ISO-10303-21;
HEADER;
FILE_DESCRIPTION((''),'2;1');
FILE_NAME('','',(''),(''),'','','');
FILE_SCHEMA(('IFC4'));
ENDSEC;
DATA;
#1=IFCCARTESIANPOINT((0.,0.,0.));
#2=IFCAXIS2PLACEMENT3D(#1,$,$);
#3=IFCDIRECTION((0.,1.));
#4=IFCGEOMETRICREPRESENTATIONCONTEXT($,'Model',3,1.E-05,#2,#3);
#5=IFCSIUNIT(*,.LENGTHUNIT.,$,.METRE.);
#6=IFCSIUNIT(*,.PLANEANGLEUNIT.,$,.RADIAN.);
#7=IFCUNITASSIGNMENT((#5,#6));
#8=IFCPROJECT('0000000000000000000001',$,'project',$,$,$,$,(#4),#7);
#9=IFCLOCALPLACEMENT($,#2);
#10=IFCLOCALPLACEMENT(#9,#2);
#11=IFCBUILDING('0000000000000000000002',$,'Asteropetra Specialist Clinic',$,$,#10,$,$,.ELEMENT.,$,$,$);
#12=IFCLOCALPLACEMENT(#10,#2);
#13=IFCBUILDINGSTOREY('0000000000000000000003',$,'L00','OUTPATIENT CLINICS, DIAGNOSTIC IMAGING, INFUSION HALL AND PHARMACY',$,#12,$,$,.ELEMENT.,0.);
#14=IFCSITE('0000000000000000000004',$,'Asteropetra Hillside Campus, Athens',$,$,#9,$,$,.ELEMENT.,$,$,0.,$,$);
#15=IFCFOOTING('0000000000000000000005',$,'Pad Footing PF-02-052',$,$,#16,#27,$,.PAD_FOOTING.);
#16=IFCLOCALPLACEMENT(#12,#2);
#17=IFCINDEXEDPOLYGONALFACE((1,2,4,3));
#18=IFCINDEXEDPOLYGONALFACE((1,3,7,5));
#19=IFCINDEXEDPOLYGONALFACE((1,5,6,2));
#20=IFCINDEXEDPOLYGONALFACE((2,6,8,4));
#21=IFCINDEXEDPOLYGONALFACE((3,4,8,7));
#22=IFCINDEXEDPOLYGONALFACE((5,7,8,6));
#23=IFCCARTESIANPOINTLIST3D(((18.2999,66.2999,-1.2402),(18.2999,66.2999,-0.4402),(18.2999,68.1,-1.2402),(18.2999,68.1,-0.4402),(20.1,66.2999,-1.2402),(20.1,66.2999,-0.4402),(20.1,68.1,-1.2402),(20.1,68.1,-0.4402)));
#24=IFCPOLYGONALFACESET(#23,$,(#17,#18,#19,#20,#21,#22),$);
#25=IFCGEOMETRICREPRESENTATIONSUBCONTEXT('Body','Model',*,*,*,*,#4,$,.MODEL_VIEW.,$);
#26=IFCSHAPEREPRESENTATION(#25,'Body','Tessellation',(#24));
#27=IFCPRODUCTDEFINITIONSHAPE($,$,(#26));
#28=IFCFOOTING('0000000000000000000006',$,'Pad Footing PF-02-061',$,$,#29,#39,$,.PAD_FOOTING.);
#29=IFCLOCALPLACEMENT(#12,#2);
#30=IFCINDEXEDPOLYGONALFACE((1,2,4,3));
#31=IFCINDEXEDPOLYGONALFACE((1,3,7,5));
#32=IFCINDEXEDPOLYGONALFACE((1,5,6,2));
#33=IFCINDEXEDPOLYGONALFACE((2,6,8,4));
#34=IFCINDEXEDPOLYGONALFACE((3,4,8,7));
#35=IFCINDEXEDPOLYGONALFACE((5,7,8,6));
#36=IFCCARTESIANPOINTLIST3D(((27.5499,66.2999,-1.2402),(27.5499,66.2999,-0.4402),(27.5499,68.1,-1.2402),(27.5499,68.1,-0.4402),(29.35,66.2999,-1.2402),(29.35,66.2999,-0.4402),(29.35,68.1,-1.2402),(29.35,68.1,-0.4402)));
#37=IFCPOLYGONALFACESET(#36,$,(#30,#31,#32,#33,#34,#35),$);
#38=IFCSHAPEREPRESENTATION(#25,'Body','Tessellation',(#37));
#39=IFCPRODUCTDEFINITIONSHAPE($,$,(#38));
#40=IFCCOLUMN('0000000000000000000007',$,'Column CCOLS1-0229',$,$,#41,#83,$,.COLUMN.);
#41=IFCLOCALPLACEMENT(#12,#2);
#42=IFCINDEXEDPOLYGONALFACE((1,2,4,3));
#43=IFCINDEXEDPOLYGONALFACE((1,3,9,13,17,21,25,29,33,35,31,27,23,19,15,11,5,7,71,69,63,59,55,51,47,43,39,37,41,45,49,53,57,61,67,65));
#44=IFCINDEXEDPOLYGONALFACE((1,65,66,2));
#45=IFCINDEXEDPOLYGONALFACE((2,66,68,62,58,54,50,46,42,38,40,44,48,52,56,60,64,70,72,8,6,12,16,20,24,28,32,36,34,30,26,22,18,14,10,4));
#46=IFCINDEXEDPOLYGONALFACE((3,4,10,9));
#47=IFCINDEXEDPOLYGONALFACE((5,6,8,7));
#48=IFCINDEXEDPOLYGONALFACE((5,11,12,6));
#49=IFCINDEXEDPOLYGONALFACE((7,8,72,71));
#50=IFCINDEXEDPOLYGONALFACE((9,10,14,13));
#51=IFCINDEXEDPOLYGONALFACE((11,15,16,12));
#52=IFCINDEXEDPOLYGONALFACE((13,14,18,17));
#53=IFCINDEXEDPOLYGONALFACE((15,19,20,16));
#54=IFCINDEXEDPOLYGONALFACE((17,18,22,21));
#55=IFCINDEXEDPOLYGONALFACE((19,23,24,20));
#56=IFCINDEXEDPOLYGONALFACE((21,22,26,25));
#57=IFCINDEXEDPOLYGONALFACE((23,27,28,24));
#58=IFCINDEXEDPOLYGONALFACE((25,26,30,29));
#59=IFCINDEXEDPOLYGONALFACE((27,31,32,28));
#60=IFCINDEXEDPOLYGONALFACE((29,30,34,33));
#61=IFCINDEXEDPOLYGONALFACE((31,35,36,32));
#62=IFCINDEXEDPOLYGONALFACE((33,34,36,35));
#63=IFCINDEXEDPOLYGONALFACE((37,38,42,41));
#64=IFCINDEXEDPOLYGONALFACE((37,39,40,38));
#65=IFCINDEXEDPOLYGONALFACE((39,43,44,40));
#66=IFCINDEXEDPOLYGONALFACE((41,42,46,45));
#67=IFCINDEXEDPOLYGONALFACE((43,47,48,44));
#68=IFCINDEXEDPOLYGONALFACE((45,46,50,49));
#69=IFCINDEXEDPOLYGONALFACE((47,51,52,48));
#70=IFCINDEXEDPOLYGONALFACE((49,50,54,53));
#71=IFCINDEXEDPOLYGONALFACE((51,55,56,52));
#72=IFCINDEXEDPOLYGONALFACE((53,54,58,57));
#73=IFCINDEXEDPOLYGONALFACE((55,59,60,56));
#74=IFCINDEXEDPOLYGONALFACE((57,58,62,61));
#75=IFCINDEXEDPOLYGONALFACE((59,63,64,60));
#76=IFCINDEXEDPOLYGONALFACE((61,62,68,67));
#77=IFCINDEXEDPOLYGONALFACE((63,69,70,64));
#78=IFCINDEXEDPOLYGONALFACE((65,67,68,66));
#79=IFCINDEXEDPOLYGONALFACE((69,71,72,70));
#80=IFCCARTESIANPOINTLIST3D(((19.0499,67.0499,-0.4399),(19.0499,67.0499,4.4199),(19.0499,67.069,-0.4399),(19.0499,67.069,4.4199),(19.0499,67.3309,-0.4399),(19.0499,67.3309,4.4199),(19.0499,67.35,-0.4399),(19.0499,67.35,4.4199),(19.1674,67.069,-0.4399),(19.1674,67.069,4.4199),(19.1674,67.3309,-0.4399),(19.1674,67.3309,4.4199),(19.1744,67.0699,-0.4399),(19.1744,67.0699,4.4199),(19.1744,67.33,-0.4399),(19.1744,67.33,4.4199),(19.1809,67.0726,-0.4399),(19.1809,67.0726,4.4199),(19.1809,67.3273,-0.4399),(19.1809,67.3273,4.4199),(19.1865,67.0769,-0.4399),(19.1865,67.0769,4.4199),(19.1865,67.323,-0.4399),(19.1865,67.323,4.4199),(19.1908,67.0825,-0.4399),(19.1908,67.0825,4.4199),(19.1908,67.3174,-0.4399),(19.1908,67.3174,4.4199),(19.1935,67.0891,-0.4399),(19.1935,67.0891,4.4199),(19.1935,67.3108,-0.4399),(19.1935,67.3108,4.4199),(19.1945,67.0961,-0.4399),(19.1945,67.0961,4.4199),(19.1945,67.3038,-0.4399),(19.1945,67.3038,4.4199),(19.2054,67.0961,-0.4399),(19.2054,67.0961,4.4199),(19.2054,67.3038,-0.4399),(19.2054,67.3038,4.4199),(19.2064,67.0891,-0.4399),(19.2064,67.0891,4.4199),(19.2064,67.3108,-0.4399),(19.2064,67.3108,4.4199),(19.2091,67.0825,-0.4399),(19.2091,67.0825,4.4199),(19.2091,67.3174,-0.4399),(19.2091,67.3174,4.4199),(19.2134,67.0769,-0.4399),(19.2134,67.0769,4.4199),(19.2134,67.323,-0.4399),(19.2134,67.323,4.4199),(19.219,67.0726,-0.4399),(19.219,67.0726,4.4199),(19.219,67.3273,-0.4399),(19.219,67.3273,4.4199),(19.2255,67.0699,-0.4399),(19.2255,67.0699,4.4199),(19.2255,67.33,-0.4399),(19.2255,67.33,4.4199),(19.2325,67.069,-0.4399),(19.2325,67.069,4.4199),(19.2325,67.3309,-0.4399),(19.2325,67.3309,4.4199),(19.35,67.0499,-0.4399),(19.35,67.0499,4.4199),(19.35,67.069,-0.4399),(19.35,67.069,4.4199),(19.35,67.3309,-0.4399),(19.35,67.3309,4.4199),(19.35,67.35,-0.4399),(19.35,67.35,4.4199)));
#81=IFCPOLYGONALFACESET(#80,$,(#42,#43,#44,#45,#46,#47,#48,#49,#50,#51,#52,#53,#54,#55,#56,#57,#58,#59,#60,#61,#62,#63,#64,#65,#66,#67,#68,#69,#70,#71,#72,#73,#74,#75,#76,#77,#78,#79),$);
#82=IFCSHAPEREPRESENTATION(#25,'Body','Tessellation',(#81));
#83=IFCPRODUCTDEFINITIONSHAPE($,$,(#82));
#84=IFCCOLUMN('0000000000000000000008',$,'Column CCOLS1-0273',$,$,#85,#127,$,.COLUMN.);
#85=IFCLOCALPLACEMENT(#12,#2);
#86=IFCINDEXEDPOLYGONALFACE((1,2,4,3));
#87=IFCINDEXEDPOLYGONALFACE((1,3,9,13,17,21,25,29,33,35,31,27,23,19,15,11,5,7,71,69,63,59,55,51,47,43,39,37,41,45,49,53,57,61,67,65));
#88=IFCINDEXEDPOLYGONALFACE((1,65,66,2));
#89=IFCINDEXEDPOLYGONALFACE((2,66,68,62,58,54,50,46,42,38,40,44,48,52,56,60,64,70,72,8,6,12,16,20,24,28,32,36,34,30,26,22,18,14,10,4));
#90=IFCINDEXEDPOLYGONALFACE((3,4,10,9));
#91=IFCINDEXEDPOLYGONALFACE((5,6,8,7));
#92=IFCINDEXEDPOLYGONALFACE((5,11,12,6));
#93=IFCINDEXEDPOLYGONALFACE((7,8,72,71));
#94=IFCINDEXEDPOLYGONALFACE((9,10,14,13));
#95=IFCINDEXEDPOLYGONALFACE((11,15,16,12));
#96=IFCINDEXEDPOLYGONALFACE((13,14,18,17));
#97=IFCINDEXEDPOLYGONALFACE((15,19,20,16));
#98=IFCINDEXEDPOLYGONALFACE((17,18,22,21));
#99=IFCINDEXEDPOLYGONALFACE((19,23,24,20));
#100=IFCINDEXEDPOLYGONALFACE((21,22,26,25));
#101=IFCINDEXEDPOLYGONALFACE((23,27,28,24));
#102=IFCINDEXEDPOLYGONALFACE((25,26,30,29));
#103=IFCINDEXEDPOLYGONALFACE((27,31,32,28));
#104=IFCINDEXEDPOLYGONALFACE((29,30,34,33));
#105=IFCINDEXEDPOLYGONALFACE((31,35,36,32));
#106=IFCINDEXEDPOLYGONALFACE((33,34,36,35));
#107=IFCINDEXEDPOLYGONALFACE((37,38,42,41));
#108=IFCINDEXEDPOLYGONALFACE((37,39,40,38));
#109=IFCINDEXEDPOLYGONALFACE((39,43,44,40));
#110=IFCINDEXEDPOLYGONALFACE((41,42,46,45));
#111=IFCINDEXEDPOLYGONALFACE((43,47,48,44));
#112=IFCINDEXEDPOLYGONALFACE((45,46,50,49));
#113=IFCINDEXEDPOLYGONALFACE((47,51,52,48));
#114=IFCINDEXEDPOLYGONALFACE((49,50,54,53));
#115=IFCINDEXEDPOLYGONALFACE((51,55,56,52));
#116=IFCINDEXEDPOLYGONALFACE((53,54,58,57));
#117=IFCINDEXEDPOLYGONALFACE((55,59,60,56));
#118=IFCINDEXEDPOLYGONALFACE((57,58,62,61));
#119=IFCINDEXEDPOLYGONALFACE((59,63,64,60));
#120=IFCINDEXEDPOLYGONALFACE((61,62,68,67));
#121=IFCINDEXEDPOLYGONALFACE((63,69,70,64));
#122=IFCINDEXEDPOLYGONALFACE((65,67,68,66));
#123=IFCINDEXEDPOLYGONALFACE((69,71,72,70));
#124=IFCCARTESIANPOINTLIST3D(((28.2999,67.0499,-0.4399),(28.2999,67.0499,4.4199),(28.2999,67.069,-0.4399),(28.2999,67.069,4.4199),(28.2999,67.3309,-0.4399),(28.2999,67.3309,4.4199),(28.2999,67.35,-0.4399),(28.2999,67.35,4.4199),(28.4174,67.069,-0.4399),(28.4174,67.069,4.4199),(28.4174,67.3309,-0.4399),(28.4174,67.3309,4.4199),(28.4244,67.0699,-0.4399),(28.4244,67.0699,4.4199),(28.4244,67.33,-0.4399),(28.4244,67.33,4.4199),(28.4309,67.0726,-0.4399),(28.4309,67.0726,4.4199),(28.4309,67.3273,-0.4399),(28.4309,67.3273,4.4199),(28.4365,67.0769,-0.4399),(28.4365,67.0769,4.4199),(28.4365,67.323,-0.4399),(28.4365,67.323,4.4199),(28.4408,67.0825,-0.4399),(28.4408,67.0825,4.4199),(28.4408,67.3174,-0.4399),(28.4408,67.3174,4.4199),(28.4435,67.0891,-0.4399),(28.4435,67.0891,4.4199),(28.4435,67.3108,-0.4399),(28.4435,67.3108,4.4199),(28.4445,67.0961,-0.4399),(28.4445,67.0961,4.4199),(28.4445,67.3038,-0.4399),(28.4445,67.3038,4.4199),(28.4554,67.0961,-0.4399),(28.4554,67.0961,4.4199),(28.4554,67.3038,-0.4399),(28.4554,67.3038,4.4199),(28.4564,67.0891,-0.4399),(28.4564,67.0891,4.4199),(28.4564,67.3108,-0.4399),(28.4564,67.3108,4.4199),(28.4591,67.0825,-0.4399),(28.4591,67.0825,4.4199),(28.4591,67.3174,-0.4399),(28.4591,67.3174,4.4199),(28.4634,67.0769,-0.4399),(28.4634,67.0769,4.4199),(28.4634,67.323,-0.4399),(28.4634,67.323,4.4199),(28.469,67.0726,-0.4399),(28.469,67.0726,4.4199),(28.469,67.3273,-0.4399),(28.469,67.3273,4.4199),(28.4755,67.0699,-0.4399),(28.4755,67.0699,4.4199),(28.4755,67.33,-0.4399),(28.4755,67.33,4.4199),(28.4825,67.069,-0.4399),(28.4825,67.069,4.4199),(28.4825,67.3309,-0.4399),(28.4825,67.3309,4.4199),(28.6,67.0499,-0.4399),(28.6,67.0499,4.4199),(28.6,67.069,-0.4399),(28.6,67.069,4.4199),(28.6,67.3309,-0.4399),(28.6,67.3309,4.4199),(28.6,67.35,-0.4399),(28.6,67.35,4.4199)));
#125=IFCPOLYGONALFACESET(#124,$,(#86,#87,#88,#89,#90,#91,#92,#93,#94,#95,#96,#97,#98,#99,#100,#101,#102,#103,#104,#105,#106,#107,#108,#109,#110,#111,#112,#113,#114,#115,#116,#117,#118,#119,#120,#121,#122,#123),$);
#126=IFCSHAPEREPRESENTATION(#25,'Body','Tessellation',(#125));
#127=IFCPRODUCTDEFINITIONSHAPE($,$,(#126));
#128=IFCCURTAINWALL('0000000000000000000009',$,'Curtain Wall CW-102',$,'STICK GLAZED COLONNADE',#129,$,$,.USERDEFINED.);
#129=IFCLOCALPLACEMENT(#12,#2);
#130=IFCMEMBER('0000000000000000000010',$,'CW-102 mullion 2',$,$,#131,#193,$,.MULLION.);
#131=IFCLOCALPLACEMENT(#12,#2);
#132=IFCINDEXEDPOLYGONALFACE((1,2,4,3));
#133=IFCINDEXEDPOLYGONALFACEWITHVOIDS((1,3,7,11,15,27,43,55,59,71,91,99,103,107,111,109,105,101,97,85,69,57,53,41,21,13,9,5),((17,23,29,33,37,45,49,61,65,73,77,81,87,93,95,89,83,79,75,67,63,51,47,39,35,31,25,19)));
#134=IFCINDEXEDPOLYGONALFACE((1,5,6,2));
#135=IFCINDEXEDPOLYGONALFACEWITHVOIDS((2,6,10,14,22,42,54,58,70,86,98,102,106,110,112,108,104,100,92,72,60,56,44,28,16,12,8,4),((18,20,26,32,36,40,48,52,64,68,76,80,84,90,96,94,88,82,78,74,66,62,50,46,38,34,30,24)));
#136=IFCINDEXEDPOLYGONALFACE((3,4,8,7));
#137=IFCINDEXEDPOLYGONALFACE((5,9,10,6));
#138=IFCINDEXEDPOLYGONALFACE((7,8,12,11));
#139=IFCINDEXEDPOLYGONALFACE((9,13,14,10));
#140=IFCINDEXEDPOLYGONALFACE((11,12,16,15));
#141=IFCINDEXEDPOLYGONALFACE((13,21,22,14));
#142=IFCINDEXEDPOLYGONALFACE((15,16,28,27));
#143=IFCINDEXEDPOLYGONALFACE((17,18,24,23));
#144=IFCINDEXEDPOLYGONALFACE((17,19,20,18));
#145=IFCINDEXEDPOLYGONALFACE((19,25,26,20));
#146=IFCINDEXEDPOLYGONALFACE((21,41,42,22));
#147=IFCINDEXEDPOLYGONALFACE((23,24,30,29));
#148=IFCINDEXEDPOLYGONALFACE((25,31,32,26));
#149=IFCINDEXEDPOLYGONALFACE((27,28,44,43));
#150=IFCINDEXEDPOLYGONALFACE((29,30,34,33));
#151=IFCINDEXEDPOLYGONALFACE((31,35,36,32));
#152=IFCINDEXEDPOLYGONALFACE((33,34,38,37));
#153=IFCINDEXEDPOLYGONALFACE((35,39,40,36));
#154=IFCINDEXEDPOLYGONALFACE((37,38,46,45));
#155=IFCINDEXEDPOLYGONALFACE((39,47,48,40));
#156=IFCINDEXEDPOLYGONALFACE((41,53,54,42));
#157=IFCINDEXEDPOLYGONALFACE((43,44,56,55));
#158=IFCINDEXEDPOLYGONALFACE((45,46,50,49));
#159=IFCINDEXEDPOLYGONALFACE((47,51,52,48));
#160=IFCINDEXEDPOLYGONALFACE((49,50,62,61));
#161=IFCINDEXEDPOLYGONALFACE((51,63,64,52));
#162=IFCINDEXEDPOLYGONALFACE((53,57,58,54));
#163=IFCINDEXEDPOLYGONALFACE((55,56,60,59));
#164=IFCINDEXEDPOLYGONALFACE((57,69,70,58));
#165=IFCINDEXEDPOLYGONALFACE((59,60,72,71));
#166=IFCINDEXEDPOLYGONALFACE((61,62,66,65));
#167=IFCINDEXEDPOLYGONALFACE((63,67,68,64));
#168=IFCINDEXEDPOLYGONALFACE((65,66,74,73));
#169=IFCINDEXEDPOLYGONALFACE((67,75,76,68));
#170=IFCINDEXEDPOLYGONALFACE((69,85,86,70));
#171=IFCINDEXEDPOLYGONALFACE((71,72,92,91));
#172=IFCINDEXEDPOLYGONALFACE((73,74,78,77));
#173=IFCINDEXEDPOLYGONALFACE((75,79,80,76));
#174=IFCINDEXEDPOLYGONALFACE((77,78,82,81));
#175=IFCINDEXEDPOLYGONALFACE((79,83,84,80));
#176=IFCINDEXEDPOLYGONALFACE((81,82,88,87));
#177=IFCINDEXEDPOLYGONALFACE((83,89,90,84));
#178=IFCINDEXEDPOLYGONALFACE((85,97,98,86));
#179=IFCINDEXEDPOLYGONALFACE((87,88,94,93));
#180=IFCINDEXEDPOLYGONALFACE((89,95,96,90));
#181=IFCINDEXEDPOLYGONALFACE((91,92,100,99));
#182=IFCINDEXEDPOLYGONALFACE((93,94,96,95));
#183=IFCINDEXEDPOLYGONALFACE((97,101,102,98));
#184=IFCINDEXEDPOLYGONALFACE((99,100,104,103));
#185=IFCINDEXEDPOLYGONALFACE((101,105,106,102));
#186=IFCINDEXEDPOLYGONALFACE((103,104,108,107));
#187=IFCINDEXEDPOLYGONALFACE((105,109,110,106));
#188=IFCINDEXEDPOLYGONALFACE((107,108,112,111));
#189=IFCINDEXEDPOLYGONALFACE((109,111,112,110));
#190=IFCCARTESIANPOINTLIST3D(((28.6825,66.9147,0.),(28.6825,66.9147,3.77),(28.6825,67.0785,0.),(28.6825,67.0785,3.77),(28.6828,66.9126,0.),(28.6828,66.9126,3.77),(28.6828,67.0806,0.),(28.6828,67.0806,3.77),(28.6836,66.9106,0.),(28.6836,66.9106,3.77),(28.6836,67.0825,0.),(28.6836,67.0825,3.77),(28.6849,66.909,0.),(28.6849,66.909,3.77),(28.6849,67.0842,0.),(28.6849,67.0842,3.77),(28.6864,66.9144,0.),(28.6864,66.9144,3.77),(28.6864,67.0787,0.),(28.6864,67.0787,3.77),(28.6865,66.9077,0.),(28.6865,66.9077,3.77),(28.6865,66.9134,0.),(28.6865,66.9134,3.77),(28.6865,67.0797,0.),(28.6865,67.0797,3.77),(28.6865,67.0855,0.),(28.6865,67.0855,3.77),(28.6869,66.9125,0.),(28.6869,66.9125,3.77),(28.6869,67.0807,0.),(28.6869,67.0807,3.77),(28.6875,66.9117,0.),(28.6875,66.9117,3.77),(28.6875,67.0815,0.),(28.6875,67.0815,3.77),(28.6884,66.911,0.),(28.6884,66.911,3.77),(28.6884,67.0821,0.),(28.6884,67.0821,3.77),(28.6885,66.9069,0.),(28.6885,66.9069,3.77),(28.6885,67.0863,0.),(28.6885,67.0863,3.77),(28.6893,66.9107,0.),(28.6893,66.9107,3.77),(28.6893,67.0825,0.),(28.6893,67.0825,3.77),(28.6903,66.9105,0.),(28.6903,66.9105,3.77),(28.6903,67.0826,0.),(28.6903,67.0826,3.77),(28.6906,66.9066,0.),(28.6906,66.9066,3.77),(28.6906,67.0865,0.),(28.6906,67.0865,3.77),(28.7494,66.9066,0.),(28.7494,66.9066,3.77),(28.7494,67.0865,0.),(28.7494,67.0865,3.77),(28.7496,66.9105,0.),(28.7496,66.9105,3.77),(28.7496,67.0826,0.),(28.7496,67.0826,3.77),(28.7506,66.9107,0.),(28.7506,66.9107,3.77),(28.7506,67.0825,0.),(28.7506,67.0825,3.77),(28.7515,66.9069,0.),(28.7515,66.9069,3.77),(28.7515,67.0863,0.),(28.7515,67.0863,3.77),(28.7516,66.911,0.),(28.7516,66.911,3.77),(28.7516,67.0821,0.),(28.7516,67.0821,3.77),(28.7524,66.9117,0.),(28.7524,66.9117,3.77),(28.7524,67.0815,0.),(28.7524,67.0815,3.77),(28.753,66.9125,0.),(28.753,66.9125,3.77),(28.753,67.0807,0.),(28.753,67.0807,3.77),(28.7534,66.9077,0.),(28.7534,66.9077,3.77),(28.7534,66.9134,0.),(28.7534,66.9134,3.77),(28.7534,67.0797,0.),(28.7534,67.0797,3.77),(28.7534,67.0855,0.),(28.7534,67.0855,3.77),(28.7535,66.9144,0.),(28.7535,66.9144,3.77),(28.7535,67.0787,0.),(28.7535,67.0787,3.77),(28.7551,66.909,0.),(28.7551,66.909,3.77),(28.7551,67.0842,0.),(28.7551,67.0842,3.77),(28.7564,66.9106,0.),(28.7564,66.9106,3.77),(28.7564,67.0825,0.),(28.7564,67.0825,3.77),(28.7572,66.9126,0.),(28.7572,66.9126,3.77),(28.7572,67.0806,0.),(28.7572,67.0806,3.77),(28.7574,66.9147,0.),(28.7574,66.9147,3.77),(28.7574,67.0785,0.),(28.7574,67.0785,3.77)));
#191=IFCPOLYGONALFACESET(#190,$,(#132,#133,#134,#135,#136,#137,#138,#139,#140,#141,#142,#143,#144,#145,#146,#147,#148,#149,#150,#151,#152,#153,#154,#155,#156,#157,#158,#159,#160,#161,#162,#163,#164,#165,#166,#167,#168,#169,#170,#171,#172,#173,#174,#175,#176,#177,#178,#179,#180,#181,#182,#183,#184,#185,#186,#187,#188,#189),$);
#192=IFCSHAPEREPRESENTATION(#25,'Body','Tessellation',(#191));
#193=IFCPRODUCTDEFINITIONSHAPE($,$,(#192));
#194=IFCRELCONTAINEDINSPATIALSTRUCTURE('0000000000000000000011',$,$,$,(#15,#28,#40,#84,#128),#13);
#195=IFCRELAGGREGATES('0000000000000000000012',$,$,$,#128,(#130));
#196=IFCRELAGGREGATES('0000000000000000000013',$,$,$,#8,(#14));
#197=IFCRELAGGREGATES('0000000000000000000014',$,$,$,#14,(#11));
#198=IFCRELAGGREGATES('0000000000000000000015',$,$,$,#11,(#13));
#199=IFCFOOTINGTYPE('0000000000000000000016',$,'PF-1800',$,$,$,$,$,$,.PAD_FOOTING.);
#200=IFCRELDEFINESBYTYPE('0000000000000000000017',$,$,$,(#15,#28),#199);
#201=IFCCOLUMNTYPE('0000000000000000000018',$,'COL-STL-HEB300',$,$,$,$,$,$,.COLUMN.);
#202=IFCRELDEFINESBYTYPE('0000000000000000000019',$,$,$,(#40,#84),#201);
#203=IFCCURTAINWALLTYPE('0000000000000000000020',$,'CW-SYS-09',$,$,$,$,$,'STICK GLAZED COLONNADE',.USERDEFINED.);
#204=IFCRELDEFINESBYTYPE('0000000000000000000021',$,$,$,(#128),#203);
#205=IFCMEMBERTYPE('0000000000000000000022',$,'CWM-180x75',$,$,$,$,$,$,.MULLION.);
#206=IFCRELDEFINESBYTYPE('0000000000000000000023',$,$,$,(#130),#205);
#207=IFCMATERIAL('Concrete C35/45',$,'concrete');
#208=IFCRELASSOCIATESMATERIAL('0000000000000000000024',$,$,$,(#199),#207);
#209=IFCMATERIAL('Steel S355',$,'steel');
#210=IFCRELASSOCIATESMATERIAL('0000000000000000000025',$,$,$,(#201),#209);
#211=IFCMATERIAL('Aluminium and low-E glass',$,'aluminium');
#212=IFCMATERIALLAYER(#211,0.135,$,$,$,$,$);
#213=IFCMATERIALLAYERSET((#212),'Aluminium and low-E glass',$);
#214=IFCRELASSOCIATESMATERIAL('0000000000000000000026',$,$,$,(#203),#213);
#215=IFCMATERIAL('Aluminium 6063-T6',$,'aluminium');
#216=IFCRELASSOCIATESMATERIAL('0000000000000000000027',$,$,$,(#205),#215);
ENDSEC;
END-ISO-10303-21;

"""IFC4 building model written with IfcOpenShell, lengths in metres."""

from ifc_helpers import new_model, si_unit, direction, frame, origin, origin_2d, place, context, subcontext, project, spatial, rectangle, hollow_rectangle, i_section, extrude, material, layer, layer_set, material_profile, profile_set, type_object, element, aggregate, save


model = new_model("IFC4")

# Units and contexts
model_context = context("Model", 3, precision=1e-05, world=origin(), true_north=direction((0.0, 1.0)))
body_context = subcontext(model_context, "Body", "Model", "MODEL_VIEW")
ifc_project = project(units=[si_unit("LENGTHUNIT", "METRE"), si_unit("PLANEANGLEUNIT", "RADIAN")], contexts=[model_context])

# Site, building, storey
site_placement = place(None, origin())
site = spatial("IfcSite", under=ifc_project, at=site_placement, Name="Asteropetra Hillside Campus, Athens", CompositionType="ELEMENT", RefElevation=0.0)
building_placement = place(site_placement, origin())
building = spatial("IfcBuilding", under=site, at=building_placement, Name="Asteropetra Specialist Clinic", CompositionType="ELEMENT")
storey_placement = place(building_placement, origin())
storey = spatial("IfcBuildingStorey", under=building, at=storey_placement, Name="L00", Description="OUTPATIENT CLINICS, DIAGNOSTIC IMAGING, INFUSION HALL AND PHARMACY", CompositionType="ELEMENT", Elevation=0.0)

# Footings
ifc_material_1 = material(Name="Concrete C35/45", Category="concrete")
footing_type = type_object("IfcFootingType", Name="PF-1800", PredefinedType="PAD_FOOTING", material=ifc_material_1)
for number, where, z_axis, x_axis, name in (
    (1, (19.2, 67.2, -1.2402), (0.0, 0.0, 1.0), (1.0, 0.0, 0.0), "Pad Footing PF-02-052"),
    (2, (28.45, 67.2, -1.2402), (0.0, 0.0, 1.0), (1.0, 0.0, 0.0), "Pad Footing PF-02-061"),
):
    element("IfcFooting", number, at=place(storey_placement, frame(where, z_axis=z_axis, x_axis=x_axis)), inside=storey, type_object=footing_type, Name=name, PredefinedType="PAD_FOOTING", context=body_context, shape_type="SweptSolid", body=[
        extrude(rectangle(XDim=1.8, YDim=1.8, at=origin_2d()), origin(), (0.0, 0.0, 1.0), 0.8),
    ])

# Columns
ifc_material_2 = material(Name="Steel S355", Category="steel")
ifc_material_profile_1 = material_profile(ifc_material_2, i_section(OverallWidth=0.3, OverallDepth=0.3, WebThickness=0.011, FlangeThickness=0.019, FilletRadius=0.0271, at=origin_2d()), Name="HEB 300")
ifc_profile_set_1 = profile_set([ifc_material_profile_1], Name="Steel S355")
column_type = type_object("IfcColumnType", Name="COL-STL-HEB300", PredefinedType="COLUMN", material=ifc_profile_set_1)
for number, where, z_axis, x_axis, name in (
    (3, (19.2, 67.2, -0.4399), (0.0, 0.0, 1.0), (1.0, 0.0, 0.0), "Column CCOLS1-0229"),
    (4, (28.45, 67.2, -0.4399), (0.0, 0.0, 1.0), (1.0, 0.0, 0.0), "Column CCOLS1-0273"),
):
    element("IfcColumn", number, at=place(storey_placement, frame(where, z_axis=z_axis, x_axis=x_axis)), inside=storey, type_object=column_type, Name=name, PredefinedType="COLUMN", context=body_context, shape_type="SweptSolid", body=[
        extrude(i_section(OverallWidth=0.3, OverallDepth=0.3, WebThickness=0.011, FlangeThickness=0.019, FilletRadius=0.0271, at=origin_2d()), origin(), (0.0, 0.0, 1.0), 4.8599),
    ])

# Curtain wall, member
ifc_material_3 = material(Name="Aluminium and low-E glass", Category="aluminium")
ifc_layer_1 = layer(ifc_material_3, 0.135)
ifc_layer_set_1 = layer_set([ifc_layer_1], Name="Aluminium and low-E glass")
curtain_wall_type = type_object("IfcCurtainWallType", Name="CW-SYS-09", ElementType="STICK GLAZED COLONNADE", PredefinedType="USERDEFINED", material=ifc_layer_set_1)
curtain_wall_placement = place(storey_placement, origin())
curtain_wall = element("IfcCurtainWall", 5, at=curtain_wall_placement, inside=storey, type_object=curtain_wall_type, Name="Curtain Wall CW-102", ObjectType="STICK GLAZED COLONNADE", PredefinedType="USERDEFINED")
ifc_material_4 = material(Name="Aluminium 6063-T6", Category="aluminium")
ifc_material_profile_2 = material_profile(ifc_material_4, hollow_rectangle(XDim=0.075, YDim=0.1799, WallThickness=0.0039, InnerFilletRadius=0.0039, OuterFilletRadius=0.0081, at=origin_2d()), Name="MUL 180x75x4.0")
ifc_profile_set_2 = profile_set([ifc_material_profile_2], Name="Aluminium 6063-T6")
member_type_1 = type_object("IfcMemberType", Name="CWM-180x75", PredefinedType="MULLION", material=ifc_profile_set_2)
member_1_placement = place(storey_placement, frame((28.72, 66.9966, 0.0), z_axis=(0.0, 0.0, 1.0), x_axis=(1.0, 0.0, 0.0)))
member_1 = element("IfcMember", 6, at=member_1_placement, type_object=member_type_1, Name="CW-102 mullion 2", PredefinedType="MULLION", context=body_context, shape_type="SweptSolid", body=[
    extrude(hollow_rectangle(XDim=0.075, YDim=0.1799, WallThickness=0.0039, InnerFilletRadius=0.0039, OuterFilletRadius=0.0081, at=origin_2d()), origin(), (0.0, 0.0, 1.0), 3.77),
])
aggregate(curtain_wall, [member_1])

save(model, "model.ifc")
